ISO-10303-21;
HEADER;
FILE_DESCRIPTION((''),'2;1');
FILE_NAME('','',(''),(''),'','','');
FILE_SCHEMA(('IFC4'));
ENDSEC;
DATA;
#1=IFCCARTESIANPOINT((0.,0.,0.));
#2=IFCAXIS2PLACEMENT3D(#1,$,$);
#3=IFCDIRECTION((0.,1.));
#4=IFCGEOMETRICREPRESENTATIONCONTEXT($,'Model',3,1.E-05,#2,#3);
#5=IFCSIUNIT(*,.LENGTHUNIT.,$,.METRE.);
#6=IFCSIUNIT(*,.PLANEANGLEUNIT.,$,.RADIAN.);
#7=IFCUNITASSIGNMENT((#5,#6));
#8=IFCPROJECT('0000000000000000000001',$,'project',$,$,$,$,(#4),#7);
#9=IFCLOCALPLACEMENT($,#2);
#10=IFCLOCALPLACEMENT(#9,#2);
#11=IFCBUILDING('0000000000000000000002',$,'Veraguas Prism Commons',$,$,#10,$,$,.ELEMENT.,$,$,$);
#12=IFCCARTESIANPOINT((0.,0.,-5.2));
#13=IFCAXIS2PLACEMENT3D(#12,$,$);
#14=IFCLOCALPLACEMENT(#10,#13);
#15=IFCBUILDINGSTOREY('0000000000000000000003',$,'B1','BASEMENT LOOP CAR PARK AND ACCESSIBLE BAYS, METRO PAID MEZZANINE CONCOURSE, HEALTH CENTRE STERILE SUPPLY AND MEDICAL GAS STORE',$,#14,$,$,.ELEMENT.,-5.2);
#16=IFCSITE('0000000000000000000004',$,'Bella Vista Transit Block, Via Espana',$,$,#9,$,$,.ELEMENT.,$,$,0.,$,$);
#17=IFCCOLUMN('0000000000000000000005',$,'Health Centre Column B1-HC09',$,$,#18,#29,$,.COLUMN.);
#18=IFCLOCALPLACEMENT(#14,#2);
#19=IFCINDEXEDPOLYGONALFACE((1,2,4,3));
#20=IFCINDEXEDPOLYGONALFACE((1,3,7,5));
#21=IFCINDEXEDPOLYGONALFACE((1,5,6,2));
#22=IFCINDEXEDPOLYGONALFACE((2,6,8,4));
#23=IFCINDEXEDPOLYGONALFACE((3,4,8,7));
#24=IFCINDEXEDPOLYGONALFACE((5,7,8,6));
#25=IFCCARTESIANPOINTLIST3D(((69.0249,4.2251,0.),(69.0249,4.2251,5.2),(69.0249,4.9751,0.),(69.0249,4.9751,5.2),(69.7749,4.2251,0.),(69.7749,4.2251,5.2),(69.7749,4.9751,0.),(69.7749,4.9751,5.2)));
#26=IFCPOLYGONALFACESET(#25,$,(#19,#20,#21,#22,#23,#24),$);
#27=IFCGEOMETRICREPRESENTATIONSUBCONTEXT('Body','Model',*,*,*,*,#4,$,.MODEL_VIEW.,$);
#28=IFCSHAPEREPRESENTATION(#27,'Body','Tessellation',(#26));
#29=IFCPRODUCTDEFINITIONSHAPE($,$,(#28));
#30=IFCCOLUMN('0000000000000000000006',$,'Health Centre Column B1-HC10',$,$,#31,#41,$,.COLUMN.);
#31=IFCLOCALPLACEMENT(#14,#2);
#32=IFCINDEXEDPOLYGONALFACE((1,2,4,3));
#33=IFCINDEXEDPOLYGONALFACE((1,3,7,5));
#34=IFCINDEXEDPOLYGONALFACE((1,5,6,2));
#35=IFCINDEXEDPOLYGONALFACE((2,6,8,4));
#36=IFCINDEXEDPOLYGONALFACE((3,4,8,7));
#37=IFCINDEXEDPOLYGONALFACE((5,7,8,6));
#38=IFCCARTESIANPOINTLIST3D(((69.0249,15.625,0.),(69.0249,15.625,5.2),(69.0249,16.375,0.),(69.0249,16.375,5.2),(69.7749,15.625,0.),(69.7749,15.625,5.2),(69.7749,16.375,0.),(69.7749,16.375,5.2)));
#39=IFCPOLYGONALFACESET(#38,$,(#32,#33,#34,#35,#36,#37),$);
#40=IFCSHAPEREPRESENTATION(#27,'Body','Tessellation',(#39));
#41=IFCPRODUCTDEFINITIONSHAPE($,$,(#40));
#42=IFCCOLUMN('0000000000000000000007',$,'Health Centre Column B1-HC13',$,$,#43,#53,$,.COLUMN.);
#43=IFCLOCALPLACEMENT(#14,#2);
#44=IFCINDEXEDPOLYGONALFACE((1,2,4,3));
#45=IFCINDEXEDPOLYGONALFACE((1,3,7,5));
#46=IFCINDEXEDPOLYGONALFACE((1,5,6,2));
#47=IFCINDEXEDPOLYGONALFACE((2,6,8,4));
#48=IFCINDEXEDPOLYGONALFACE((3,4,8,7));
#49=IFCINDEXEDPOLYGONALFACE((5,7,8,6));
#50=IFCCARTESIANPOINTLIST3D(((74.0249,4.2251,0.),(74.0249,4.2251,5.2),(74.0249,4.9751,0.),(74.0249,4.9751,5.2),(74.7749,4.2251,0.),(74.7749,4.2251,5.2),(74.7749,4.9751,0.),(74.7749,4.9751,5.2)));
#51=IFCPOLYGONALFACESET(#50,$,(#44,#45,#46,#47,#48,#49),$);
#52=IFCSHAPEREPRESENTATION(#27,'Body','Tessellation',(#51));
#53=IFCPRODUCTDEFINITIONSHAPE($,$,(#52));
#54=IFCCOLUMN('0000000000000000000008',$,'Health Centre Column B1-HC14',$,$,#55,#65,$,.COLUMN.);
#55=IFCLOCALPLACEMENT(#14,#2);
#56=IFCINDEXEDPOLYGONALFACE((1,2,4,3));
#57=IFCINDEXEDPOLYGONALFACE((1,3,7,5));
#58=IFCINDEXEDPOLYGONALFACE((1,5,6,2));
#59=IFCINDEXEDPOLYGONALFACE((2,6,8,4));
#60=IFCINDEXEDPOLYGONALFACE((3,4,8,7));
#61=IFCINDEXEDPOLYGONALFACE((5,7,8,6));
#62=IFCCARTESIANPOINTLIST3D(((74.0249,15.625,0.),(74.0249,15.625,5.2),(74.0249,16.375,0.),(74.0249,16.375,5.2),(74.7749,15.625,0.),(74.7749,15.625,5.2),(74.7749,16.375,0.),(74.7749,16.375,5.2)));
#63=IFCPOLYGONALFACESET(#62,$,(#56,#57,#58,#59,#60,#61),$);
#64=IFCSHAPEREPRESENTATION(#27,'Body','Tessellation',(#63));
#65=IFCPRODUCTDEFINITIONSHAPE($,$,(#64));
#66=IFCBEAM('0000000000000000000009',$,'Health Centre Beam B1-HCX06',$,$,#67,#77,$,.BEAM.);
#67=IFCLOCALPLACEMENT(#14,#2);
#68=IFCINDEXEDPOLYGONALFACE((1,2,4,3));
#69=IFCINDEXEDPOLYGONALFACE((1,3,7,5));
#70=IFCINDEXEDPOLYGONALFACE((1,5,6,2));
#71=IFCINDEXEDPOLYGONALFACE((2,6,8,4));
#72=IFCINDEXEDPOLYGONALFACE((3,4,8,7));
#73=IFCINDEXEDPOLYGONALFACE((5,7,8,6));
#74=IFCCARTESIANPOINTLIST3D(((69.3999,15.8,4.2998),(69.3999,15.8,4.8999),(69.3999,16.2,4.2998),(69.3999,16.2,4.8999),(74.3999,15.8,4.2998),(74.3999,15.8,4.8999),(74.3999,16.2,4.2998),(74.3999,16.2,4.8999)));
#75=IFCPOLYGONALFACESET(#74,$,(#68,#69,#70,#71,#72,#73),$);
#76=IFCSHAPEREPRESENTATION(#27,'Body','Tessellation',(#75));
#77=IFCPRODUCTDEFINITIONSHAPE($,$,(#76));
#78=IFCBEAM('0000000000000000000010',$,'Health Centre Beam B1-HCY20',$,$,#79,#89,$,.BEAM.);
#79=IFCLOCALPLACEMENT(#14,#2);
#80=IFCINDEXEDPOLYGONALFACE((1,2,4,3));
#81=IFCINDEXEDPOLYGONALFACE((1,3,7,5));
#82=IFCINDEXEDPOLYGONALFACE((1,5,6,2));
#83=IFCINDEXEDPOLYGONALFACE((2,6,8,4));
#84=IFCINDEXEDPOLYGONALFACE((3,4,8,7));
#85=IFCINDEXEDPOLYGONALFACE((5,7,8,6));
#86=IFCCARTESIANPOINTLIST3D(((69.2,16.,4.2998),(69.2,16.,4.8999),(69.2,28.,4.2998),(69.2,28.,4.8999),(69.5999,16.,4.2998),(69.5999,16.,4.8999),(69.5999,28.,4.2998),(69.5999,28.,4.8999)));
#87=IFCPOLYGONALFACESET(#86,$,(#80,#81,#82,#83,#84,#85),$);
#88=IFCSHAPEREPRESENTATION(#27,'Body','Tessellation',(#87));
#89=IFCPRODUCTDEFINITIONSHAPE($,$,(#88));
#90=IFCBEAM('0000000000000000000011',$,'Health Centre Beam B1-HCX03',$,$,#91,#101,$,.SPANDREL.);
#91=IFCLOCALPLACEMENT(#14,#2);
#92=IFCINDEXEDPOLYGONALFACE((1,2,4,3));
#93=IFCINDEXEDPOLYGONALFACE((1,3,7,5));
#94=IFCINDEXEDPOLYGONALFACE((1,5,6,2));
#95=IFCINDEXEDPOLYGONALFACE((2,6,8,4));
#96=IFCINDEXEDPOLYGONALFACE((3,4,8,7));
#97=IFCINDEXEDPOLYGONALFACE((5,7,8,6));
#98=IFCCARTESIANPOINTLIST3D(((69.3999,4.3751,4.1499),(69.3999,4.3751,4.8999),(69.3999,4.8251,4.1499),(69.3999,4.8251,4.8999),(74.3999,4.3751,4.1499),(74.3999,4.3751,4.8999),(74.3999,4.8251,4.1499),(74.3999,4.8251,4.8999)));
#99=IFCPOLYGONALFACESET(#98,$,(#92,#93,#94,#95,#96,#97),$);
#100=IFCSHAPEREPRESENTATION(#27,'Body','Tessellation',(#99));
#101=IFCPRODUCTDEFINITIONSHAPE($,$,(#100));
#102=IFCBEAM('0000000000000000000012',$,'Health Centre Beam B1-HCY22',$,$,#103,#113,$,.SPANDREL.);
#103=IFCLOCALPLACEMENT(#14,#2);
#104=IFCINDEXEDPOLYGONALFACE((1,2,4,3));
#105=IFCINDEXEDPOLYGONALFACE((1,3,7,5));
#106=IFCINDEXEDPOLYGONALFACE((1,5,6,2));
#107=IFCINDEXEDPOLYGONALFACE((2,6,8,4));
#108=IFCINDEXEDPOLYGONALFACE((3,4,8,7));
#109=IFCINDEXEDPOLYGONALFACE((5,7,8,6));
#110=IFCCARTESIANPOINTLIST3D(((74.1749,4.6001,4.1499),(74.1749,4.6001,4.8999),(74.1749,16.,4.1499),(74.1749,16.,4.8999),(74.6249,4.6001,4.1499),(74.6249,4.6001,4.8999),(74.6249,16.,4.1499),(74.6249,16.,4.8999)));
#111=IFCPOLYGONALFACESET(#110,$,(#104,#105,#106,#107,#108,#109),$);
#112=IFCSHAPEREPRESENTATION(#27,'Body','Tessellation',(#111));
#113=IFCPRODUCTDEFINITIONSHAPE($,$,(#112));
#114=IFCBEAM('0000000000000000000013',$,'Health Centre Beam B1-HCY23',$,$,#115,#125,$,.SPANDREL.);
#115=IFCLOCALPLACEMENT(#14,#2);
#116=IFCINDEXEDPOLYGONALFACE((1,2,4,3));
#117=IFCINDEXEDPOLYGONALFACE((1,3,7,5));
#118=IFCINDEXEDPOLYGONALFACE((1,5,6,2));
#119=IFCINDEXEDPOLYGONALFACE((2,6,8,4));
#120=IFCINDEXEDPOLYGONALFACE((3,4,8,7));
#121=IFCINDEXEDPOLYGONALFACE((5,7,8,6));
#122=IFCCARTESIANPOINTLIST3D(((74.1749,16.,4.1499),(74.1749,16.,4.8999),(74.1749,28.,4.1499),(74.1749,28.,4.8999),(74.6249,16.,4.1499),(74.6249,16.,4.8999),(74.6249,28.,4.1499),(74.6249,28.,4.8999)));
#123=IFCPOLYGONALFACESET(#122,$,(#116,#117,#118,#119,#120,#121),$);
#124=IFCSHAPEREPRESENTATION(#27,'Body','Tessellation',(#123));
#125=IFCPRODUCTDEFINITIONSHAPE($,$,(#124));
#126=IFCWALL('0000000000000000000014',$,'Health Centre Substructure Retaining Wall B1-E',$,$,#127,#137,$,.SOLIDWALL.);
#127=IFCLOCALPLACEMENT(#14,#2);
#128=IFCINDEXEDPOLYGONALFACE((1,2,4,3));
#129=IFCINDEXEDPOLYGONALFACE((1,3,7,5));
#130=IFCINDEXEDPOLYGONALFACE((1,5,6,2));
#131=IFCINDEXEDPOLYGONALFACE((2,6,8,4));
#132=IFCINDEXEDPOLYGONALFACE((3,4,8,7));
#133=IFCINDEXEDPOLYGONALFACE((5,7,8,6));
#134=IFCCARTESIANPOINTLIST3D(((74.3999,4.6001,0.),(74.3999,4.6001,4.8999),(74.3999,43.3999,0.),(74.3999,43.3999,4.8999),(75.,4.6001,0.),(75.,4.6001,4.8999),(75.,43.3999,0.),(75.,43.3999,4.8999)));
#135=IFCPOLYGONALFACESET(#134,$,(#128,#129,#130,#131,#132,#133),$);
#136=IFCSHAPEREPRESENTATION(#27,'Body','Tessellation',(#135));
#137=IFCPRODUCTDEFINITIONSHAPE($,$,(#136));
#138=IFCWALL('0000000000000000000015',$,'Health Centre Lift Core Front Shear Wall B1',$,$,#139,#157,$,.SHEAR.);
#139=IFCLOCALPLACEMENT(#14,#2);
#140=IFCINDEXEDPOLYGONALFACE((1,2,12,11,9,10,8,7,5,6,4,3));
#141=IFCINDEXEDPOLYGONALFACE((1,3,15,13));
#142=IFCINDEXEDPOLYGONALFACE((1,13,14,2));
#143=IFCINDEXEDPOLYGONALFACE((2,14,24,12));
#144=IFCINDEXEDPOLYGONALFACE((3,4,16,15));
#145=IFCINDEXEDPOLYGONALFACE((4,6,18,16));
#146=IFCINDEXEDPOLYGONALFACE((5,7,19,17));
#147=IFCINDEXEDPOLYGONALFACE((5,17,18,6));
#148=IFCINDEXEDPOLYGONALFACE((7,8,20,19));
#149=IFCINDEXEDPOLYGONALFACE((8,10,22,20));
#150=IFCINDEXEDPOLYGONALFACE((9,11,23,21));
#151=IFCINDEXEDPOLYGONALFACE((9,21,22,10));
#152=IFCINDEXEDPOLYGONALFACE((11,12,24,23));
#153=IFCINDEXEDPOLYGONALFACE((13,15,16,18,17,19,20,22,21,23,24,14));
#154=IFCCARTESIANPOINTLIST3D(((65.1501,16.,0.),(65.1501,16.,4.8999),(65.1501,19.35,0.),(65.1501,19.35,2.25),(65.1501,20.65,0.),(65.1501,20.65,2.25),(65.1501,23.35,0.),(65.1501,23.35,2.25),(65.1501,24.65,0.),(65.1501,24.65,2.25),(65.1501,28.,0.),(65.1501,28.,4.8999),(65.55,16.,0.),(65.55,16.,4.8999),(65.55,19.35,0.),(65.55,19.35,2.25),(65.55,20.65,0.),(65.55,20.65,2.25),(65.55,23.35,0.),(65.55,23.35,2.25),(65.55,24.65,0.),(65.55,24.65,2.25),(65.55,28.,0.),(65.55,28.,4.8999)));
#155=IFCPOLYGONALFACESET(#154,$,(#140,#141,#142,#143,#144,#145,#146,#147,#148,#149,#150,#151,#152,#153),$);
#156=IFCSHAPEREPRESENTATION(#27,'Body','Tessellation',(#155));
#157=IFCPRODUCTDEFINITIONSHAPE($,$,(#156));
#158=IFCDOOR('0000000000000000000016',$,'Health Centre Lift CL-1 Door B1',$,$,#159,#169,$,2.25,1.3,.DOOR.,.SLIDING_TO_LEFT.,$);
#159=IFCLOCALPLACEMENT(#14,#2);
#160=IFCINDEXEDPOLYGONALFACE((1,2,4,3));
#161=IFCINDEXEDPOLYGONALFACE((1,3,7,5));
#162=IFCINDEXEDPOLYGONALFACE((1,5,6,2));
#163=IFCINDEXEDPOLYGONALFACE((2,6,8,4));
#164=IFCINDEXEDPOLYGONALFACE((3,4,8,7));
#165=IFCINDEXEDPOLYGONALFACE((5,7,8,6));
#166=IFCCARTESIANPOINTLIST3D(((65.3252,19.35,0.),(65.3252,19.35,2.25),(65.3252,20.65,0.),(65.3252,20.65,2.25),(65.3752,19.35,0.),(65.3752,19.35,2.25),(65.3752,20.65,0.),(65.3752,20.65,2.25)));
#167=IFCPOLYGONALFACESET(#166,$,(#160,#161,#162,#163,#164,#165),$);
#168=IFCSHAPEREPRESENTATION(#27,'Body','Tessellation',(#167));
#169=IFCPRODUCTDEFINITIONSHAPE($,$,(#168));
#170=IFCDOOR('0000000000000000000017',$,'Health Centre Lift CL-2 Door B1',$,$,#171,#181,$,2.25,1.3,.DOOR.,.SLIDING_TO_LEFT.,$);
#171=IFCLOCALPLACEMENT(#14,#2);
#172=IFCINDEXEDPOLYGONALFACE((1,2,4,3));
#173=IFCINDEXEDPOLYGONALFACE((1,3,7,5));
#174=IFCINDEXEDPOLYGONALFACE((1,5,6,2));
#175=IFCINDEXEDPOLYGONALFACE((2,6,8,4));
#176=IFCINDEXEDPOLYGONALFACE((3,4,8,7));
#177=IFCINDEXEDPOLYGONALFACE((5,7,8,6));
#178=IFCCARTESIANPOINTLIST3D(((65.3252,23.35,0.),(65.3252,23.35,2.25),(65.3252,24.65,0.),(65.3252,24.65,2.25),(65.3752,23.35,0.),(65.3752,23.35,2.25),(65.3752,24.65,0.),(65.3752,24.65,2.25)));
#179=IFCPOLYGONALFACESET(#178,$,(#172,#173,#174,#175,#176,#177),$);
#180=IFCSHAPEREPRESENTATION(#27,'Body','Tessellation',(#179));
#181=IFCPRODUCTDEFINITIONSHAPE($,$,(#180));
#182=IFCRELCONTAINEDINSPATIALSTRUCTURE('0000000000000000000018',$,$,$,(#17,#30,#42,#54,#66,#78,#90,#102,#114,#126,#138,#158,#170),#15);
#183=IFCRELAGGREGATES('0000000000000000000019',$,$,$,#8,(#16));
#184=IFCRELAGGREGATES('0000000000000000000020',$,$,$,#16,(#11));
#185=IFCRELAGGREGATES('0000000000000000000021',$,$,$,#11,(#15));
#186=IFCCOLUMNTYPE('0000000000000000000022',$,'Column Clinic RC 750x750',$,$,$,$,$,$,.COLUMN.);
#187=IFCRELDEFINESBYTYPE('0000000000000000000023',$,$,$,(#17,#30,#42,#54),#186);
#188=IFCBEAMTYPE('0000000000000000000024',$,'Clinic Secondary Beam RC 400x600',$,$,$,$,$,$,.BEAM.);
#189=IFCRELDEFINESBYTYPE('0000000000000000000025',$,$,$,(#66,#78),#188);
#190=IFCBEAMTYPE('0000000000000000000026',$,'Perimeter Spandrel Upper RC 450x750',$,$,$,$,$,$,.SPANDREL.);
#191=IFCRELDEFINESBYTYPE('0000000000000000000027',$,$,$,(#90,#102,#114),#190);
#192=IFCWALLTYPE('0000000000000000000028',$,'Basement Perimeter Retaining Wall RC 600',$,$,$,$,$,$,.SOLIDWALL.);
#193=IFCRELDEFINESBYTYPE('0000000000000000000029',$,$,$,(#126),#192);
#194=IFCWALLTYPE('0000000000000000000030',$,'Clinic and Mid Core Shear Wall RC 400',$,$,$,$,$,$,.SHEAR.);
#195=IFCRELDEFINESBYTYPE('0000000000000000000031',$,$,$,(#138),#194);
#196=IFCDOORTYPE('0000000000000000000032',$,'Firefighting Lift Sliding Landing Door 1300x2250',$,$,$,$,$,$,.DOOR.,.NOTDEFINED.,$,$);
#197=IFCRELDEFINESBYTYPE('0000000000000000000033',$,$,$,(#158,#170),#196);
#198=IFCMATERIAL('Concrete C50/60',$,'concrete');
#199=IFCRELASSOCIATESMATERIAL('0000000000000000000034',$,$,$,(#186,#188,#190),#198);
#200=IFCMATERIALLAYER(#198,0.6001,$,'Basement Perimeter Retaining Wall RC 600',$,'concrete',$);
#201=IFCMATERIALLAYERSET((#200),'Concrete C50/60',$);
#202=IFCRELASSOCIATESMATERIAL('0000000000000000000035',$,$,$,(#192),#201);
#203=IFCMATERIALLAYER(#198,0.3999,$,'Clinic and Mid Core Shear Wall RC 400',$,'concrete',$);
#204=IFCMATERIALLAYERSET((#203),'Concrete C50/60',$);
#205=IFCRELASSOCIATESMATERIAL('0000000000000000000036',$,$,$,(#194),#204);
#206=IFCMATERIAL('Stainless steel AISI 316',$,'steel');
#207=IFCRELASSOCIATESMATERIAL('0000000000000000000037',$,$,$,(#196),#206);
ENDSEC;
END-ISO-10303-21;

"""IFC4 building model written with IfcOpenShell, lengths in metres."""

from ifc_helpers import new_model, si_unit, direction, frame, frame_2d, origin, origin_2d, place, context, subcontext, project, spatial, rectangle, extrude, source, transform, mapped, material, layer, layer_set, material_profile, profile_set, type_object, element, fill, save


model = new_model("IFC4")

# Units and contexts
model_context = context("Model", 3, precision=1e-05, world=origin(), true_north=direction((0.0, 1.0)))
body_context = subcontext(model_context, "Body", "Model", "MODEL_VIEW")
ifc_project = project(units=[si_unit("LENGTHUNIT", "METRE"), si_unit("PLANEANGLEUNIT", "RADIAN")], contexts=[model_context])

# Site, building, storey
site_placement = place(None, origin())
site = spatial("IfcSite", under=ifc_project, at=site_placement, Name="Bella Vista Transit Block, Via Espana", CompositionType="ELEMENT", RefElevation=0.0)
building_placement = place(site_placement, origin())
building = spatial("IfcBuilding", under=site, at=building_placement, Name="Veraguas Prism Commons", CompositionType="ELEMENT")
storey_placement = place(building_placement, frame((0.0, 0.0, -5.2)))
storey = spatial("IfcBuildingStorey", under=building, at=storey_placement, Name="B1", Description="BASEMENT LOOP CAR PARK AND ACCESSIBLE BAYS, METRO PAID MEZZANINE CONCOURSE, HEALTH CENTRE STERILE SUPPLY AND MEDICAL GAS STORE", CompositionType="ELEMENT", Elevation=-5.2)

# Columns
ifc_material_1 = material(Name="Concrete C50/60", Category="concrete")
ifc_material_profile_1 = material_profile(ifc_material_1, rectangle(XDim=0.75, YDim=0.75, at=origin_2d()), Name="RC750X750")
ifc_profile_set_1 = profile_set([ifc_material_profile_1], Name="Concrete C50/60")
column_type = type_object("IfcColumnType", Name="Column Clinic RC 750x750", PredefinedType="COLUMN", material=ifc_profile_set_1)
for number, where, z_axis, x_axis, name in (
    (1, (69.3999, 4.6001, 0.0), (0.0, 0.0, 1.0), (1.0, 0.0, 0.0), "Health Centre Column B1-HC09"),
    (2, (69.3999, 16.0, 0.0), (0.0, 0.0, 1.0), (1.0, 0.0, 0.0), "Health Centre Column B1-HC10"),
    (3, (74.3999, 4.6001, 0.0), (0.0, 0.0, 1.0), (1.0, 0.0, 0.0), "Health Centre Column B1-HC13"),
    (4, (74.3999, 16.0, 0.0), (0.0, 0.0, 1.0), (1.0, 0.0, 0.0), "Health Centre Column B1-HC14"),
):
    element("IfcColumn", number, at=place(storey_placement, frame(where, z_axis=z_axis, x_axis=x_axis)), inside=storey, type_object=column_type, Name=name, PredefinedType="COLUMN", context=body_context, shape_type="SweptSolid", body=[
        extrude(rectangle(XDim=0.75, YDim=0.75, at=origin_2d()), origin(), (0.0, 0.0, 1.0), 5.2),
    ])

# Beams
ifc_material_profile_2 = material_profile(ifc_material_1, rectangle(XDim=0.3999, YDim=0.6001, at=origin_2d()), Name="RC400X600")
ifc_profile_set_2 = profile_set([ifc_material_profile_2], Name="Concrete C50/60")
beam_type_1 = type_object("IfcBeamType", Name="Clinic Secondary Beam RC 400x600", PredefinedType="BEAM", material=ifc_profile_set_2)
beam_1_placement = place(storey_placement, frame((69.3999, 16.0, 4.5999), z_axis=(1.0, 0.0, 0.0), x_axis=(0.0, 1.0, 0.0)))
element("IfcBeam", 5, at=beam_1_placement, inside=storey, type_object=beam_type_1, Name="Health Centre Beam B1-HCX06", PredefinedType="BEAM", context=body_context, shape_type="SweptSolid", body=[
    extrude(rectangle(XDim=0.3999, YDim=0.6001, at=origin_2d()), origin(), (0.0, 0.0, 1.0), 5.0),
])
beam_2_placement = place(storey_placement, frame((69.3999, 16.0, 4.5999), z_axis=(0.0, 1.0, 0.0), x_axis=(-1.0, 0.0, 0.0)))
element("IfcBeam", 6, at=beam_2_placement, inside=storey, type_object=beam_type_1, Name="Health Centre Beam B1-HCY20", PredefinedType="BEAM", context=body_context, shape_type="SweptSolid", body=[
    extrude(rectangle(XDim=0.3999, YDim=0.6001, at=origin_2d()), origin(), (0.0, 0.0, 1.0), 12.0),
])
ifc_material_profile_3 = material_profile(ifc_material_1, rectangle(XDim=0.45, YDim=0.75, at=origin_2d()), Name="RC450X750")
ifc_profile_set_3 = profile_set([ifc_material_profile_3], Name="Concrete C50/60")
beam_type_2 = type_object("IfcBeamType", Name="Perimeter Spandrel Upper RC 450x750", PredefinedType="SPANDREL", material=ifc_profile_set_3)
beam_3_placement = place(storey_placement, frame((69.3999, 4.6001, 4.5249), z_axis=(1.0, 0.0, 0.0), x_axis=(0.0, 1.0, 0.0)))
element("IfcBeam", 7, at=beam_3_placement, inside=storey, type_object=beam_type_2, Name="Health Centre Beam B1-HCX03", PredefinedType="SPANDREL", context=body_context, shape_type="SweptSolid", body=[
    extrude(rectangle(XDim=0.45, YDim=0.75, at=origin_2d()), origin(), (0.0, 0.0, 1.0), 5.0),
])
beam_4_placement = place(storey_placement, frame((74.3999, 4.6001, 4.5249), z_axis=(0.0, 1.0, 0.0), x_axis=(-1.0, 0.0, 0.0)))
element("IfcBeam", 8, at=beam_4_placement, inside=storey, type_object=beam_type_2, Name="Health Centre Beam B1-HCY22", PredefinedType="SPANDREL", context=body_context, shape_type="SweptSolid", body=[
    extrude(rectangle(XDim=0.45, YDim=0.75, at=origin_2d()), origin(), (0.0, 0.0, 1.0), 11.3999),
])
beam_5_placement = place(storey_placement, frame((74.3999, 16.0, 4.5249), z_axis=(0.0, 1.0, 0.0), x_axis=(-1.0, 0.0, 0.0)))
element("IfcBeam", 9, at=beam_5_placement, inside=storey, type_object=beam_type_2, Name="Health Centre Beam B1-HCY23", PredefinedType="SPANDREL", context=body_context, shape_type="SweptSolid", body=[
    extrude(rectangle(XDim=0.45, YDim=0.75, at=origin_2d()), origin(), (0.0, 0.0, 1.0), 12.0),
])

# Wall
ifc_layer_1 = layer(ifc_material_1, 0.6001, Name="Basement Perimeter Retaining Wall RC 600", Category="concrete")
ifc_layer_set_1 = layer_set([ifc_layer_1], Name="Concrete C50/60")
wall_type_1 = type_object("IfcWallType", Name="Basement Perimeter Retaining Wall RC 600", PredefinedType="SOLIDWALL", material=ifc_layer_set_1)
wall_1_placement = place(storey_placement, frame((74.7, 4.6001, 0.0), z_axis=(0.0, 0.0, 1.0), x_axis=(0.0, 1.0, 0.0)))
element("IfcWall", 10, at=wall_1_placement, inside=storey, type_object=wall_type_1, Name="Health Centre Substructure Retaining Wall B1-E", PredefinedType="SOLIDWALL", context=body_context, shape_type="SweptSolid", body=[
    extrude(rectangle(XDim=38.7998, YDim=0.6001, at=frame_2d((19.3999, 0.0))), origin(), (0.0, 0.0, 1.0), 4.8999),
])

# Wall, openings, doors
ifc_layer_2 = layer(ifc_material_1, 0.3999, Name="Clinic and Mid Core Shear Wall RC 400", Category="concrete")
ifc_layer_set_2 = layer_set([ifc_layer_2], Name="Concrete C50/60")
wall_type_2 = type_object("IfcWallType", Name="Clinic and Mid Core Shear Wall RC 400", PredefinedType="SHEAR", material=ifc_layer_set_2)
wall_2_placement = place(storey_placement, frame((65.3501, 16.0, 0.0), z_axis=(0.0, 0.0, 1.0), x_axis=(0.0, 1.0, 0.0)))
wall_2 = element("IfcWall", 11, at=wall_2_placement, inside=storey, type_object=wall_type_2, Name="Health Centre Lift Core Front Shear Wall B1", PredefinedType="SHEAR", context=body_context, shape_type="SweptSolid", body=[
    extrude(rectangle(XDim=12.0, YDim=0.3999, at=frame_2d((6.0, 0.0))), origin(), (0.0, 0.0, 1.0), 4.8999),
])
opening_1_placement = place(wall_2_placement, frame((3.3501, 0.0, 0.0)))
opening_1 = element("IfcOpeningElement", 12, at=opening_1_placement, cuts=wall_2, PredefinedType="OPENING", context=body_context, shape_type="SweptSolid", body=[
    extrude(rectangle(XDim=1.3, YDim=2.25, at=frame_2d((0.6499, 1.125))), frame((0.0, 0.21, 0.0), z_axis=(0.0, -1.0, 0.0), x_axis=(1.0, 0.0, 0.0)), (0.0, 0.0, 1.0), 0.4199),
])
opening_2_placement = place(wall_2_placement, frame((7.3501, 0.0, 0.0)))
opening_2 = element("IfcOpeningElement", 13, at=opening_2_placement, cuts=wall_2, PredefinedType="OPENING", context=body_context, shape_type="SweptSolid", body=[
    extrude(rectangle(XDim=1.3, YDim=2.25, at=frame_2d((0.6499, 1.125))), frame((0.0, 0.21, 0.0), z_axis=(0.0, -1.0, 0.0), x_axis=(1.0, 0.0, 0.0)), (0.0, 0.0, 1.0), 0.4199),
])
ifc_material_2 = material(Name="Stainless steel AISI 316", Category="steel")
door_type_1 = type_object("IfcDoorType", Name="Firefighting Lift Sliding Landing Door 1300x2250", OperationType="NOTDEFINED", PredefinedType="DOOR", material=ifc_material_2)
shared_shape_1 = source(origin(), body_context, "Body", "SweptSolid", [
    extrude(rectangle(XDim=1.3, YDim=2.25, at=frame_2d((0.6499, 1.125))), frame((0.0, 0.0249, 0.0), z_axis=(0.0, -1.0, 0.0), x_axis=(1.0, 0.0, 0.0)), (0.0, 0.0, 1.0), 0.05),
])
door_1_placement = place(opening_1_placement, origin())
door_1 = element("IfcDoor", 14, at=door_1_placement, inside=storey, type_object=door_type_1, Name="Health Centre Lift CL-1 Door B1", OperationType="SLIDING_TO_LEFT", OverallHeight=2.25, OverallWidth=1.3, PredefinedType="DOOR", context=body_context, shape_type="MappedRepresentation", body=[
    mapped(shared_shape_1, transform((0.0, 0.0, 0.0), scale=1.0)),
])
fill(opening_1, door_1)
door_2_placement = place(opening_2_placement, origin())
door_2 = element("IfcDoor", 15, at=door_2_placement, inside=storey, type_object=door_type_1, Name="Health Centre Lift CL-2 Door B1", OperationType="SLIDING_TO_LEFT", OverallHeight=2.25, OverallWidth=1.3, PredefinedType="DOOR", context=body_context, shape_type="MappedRepresentation", body=[
    mapped(shared_shape_1, transform((0.0, 0.0, 0.0), scale=1.0)),
])
fill(opening_2, door_2)

save(model, "model.ifc")
